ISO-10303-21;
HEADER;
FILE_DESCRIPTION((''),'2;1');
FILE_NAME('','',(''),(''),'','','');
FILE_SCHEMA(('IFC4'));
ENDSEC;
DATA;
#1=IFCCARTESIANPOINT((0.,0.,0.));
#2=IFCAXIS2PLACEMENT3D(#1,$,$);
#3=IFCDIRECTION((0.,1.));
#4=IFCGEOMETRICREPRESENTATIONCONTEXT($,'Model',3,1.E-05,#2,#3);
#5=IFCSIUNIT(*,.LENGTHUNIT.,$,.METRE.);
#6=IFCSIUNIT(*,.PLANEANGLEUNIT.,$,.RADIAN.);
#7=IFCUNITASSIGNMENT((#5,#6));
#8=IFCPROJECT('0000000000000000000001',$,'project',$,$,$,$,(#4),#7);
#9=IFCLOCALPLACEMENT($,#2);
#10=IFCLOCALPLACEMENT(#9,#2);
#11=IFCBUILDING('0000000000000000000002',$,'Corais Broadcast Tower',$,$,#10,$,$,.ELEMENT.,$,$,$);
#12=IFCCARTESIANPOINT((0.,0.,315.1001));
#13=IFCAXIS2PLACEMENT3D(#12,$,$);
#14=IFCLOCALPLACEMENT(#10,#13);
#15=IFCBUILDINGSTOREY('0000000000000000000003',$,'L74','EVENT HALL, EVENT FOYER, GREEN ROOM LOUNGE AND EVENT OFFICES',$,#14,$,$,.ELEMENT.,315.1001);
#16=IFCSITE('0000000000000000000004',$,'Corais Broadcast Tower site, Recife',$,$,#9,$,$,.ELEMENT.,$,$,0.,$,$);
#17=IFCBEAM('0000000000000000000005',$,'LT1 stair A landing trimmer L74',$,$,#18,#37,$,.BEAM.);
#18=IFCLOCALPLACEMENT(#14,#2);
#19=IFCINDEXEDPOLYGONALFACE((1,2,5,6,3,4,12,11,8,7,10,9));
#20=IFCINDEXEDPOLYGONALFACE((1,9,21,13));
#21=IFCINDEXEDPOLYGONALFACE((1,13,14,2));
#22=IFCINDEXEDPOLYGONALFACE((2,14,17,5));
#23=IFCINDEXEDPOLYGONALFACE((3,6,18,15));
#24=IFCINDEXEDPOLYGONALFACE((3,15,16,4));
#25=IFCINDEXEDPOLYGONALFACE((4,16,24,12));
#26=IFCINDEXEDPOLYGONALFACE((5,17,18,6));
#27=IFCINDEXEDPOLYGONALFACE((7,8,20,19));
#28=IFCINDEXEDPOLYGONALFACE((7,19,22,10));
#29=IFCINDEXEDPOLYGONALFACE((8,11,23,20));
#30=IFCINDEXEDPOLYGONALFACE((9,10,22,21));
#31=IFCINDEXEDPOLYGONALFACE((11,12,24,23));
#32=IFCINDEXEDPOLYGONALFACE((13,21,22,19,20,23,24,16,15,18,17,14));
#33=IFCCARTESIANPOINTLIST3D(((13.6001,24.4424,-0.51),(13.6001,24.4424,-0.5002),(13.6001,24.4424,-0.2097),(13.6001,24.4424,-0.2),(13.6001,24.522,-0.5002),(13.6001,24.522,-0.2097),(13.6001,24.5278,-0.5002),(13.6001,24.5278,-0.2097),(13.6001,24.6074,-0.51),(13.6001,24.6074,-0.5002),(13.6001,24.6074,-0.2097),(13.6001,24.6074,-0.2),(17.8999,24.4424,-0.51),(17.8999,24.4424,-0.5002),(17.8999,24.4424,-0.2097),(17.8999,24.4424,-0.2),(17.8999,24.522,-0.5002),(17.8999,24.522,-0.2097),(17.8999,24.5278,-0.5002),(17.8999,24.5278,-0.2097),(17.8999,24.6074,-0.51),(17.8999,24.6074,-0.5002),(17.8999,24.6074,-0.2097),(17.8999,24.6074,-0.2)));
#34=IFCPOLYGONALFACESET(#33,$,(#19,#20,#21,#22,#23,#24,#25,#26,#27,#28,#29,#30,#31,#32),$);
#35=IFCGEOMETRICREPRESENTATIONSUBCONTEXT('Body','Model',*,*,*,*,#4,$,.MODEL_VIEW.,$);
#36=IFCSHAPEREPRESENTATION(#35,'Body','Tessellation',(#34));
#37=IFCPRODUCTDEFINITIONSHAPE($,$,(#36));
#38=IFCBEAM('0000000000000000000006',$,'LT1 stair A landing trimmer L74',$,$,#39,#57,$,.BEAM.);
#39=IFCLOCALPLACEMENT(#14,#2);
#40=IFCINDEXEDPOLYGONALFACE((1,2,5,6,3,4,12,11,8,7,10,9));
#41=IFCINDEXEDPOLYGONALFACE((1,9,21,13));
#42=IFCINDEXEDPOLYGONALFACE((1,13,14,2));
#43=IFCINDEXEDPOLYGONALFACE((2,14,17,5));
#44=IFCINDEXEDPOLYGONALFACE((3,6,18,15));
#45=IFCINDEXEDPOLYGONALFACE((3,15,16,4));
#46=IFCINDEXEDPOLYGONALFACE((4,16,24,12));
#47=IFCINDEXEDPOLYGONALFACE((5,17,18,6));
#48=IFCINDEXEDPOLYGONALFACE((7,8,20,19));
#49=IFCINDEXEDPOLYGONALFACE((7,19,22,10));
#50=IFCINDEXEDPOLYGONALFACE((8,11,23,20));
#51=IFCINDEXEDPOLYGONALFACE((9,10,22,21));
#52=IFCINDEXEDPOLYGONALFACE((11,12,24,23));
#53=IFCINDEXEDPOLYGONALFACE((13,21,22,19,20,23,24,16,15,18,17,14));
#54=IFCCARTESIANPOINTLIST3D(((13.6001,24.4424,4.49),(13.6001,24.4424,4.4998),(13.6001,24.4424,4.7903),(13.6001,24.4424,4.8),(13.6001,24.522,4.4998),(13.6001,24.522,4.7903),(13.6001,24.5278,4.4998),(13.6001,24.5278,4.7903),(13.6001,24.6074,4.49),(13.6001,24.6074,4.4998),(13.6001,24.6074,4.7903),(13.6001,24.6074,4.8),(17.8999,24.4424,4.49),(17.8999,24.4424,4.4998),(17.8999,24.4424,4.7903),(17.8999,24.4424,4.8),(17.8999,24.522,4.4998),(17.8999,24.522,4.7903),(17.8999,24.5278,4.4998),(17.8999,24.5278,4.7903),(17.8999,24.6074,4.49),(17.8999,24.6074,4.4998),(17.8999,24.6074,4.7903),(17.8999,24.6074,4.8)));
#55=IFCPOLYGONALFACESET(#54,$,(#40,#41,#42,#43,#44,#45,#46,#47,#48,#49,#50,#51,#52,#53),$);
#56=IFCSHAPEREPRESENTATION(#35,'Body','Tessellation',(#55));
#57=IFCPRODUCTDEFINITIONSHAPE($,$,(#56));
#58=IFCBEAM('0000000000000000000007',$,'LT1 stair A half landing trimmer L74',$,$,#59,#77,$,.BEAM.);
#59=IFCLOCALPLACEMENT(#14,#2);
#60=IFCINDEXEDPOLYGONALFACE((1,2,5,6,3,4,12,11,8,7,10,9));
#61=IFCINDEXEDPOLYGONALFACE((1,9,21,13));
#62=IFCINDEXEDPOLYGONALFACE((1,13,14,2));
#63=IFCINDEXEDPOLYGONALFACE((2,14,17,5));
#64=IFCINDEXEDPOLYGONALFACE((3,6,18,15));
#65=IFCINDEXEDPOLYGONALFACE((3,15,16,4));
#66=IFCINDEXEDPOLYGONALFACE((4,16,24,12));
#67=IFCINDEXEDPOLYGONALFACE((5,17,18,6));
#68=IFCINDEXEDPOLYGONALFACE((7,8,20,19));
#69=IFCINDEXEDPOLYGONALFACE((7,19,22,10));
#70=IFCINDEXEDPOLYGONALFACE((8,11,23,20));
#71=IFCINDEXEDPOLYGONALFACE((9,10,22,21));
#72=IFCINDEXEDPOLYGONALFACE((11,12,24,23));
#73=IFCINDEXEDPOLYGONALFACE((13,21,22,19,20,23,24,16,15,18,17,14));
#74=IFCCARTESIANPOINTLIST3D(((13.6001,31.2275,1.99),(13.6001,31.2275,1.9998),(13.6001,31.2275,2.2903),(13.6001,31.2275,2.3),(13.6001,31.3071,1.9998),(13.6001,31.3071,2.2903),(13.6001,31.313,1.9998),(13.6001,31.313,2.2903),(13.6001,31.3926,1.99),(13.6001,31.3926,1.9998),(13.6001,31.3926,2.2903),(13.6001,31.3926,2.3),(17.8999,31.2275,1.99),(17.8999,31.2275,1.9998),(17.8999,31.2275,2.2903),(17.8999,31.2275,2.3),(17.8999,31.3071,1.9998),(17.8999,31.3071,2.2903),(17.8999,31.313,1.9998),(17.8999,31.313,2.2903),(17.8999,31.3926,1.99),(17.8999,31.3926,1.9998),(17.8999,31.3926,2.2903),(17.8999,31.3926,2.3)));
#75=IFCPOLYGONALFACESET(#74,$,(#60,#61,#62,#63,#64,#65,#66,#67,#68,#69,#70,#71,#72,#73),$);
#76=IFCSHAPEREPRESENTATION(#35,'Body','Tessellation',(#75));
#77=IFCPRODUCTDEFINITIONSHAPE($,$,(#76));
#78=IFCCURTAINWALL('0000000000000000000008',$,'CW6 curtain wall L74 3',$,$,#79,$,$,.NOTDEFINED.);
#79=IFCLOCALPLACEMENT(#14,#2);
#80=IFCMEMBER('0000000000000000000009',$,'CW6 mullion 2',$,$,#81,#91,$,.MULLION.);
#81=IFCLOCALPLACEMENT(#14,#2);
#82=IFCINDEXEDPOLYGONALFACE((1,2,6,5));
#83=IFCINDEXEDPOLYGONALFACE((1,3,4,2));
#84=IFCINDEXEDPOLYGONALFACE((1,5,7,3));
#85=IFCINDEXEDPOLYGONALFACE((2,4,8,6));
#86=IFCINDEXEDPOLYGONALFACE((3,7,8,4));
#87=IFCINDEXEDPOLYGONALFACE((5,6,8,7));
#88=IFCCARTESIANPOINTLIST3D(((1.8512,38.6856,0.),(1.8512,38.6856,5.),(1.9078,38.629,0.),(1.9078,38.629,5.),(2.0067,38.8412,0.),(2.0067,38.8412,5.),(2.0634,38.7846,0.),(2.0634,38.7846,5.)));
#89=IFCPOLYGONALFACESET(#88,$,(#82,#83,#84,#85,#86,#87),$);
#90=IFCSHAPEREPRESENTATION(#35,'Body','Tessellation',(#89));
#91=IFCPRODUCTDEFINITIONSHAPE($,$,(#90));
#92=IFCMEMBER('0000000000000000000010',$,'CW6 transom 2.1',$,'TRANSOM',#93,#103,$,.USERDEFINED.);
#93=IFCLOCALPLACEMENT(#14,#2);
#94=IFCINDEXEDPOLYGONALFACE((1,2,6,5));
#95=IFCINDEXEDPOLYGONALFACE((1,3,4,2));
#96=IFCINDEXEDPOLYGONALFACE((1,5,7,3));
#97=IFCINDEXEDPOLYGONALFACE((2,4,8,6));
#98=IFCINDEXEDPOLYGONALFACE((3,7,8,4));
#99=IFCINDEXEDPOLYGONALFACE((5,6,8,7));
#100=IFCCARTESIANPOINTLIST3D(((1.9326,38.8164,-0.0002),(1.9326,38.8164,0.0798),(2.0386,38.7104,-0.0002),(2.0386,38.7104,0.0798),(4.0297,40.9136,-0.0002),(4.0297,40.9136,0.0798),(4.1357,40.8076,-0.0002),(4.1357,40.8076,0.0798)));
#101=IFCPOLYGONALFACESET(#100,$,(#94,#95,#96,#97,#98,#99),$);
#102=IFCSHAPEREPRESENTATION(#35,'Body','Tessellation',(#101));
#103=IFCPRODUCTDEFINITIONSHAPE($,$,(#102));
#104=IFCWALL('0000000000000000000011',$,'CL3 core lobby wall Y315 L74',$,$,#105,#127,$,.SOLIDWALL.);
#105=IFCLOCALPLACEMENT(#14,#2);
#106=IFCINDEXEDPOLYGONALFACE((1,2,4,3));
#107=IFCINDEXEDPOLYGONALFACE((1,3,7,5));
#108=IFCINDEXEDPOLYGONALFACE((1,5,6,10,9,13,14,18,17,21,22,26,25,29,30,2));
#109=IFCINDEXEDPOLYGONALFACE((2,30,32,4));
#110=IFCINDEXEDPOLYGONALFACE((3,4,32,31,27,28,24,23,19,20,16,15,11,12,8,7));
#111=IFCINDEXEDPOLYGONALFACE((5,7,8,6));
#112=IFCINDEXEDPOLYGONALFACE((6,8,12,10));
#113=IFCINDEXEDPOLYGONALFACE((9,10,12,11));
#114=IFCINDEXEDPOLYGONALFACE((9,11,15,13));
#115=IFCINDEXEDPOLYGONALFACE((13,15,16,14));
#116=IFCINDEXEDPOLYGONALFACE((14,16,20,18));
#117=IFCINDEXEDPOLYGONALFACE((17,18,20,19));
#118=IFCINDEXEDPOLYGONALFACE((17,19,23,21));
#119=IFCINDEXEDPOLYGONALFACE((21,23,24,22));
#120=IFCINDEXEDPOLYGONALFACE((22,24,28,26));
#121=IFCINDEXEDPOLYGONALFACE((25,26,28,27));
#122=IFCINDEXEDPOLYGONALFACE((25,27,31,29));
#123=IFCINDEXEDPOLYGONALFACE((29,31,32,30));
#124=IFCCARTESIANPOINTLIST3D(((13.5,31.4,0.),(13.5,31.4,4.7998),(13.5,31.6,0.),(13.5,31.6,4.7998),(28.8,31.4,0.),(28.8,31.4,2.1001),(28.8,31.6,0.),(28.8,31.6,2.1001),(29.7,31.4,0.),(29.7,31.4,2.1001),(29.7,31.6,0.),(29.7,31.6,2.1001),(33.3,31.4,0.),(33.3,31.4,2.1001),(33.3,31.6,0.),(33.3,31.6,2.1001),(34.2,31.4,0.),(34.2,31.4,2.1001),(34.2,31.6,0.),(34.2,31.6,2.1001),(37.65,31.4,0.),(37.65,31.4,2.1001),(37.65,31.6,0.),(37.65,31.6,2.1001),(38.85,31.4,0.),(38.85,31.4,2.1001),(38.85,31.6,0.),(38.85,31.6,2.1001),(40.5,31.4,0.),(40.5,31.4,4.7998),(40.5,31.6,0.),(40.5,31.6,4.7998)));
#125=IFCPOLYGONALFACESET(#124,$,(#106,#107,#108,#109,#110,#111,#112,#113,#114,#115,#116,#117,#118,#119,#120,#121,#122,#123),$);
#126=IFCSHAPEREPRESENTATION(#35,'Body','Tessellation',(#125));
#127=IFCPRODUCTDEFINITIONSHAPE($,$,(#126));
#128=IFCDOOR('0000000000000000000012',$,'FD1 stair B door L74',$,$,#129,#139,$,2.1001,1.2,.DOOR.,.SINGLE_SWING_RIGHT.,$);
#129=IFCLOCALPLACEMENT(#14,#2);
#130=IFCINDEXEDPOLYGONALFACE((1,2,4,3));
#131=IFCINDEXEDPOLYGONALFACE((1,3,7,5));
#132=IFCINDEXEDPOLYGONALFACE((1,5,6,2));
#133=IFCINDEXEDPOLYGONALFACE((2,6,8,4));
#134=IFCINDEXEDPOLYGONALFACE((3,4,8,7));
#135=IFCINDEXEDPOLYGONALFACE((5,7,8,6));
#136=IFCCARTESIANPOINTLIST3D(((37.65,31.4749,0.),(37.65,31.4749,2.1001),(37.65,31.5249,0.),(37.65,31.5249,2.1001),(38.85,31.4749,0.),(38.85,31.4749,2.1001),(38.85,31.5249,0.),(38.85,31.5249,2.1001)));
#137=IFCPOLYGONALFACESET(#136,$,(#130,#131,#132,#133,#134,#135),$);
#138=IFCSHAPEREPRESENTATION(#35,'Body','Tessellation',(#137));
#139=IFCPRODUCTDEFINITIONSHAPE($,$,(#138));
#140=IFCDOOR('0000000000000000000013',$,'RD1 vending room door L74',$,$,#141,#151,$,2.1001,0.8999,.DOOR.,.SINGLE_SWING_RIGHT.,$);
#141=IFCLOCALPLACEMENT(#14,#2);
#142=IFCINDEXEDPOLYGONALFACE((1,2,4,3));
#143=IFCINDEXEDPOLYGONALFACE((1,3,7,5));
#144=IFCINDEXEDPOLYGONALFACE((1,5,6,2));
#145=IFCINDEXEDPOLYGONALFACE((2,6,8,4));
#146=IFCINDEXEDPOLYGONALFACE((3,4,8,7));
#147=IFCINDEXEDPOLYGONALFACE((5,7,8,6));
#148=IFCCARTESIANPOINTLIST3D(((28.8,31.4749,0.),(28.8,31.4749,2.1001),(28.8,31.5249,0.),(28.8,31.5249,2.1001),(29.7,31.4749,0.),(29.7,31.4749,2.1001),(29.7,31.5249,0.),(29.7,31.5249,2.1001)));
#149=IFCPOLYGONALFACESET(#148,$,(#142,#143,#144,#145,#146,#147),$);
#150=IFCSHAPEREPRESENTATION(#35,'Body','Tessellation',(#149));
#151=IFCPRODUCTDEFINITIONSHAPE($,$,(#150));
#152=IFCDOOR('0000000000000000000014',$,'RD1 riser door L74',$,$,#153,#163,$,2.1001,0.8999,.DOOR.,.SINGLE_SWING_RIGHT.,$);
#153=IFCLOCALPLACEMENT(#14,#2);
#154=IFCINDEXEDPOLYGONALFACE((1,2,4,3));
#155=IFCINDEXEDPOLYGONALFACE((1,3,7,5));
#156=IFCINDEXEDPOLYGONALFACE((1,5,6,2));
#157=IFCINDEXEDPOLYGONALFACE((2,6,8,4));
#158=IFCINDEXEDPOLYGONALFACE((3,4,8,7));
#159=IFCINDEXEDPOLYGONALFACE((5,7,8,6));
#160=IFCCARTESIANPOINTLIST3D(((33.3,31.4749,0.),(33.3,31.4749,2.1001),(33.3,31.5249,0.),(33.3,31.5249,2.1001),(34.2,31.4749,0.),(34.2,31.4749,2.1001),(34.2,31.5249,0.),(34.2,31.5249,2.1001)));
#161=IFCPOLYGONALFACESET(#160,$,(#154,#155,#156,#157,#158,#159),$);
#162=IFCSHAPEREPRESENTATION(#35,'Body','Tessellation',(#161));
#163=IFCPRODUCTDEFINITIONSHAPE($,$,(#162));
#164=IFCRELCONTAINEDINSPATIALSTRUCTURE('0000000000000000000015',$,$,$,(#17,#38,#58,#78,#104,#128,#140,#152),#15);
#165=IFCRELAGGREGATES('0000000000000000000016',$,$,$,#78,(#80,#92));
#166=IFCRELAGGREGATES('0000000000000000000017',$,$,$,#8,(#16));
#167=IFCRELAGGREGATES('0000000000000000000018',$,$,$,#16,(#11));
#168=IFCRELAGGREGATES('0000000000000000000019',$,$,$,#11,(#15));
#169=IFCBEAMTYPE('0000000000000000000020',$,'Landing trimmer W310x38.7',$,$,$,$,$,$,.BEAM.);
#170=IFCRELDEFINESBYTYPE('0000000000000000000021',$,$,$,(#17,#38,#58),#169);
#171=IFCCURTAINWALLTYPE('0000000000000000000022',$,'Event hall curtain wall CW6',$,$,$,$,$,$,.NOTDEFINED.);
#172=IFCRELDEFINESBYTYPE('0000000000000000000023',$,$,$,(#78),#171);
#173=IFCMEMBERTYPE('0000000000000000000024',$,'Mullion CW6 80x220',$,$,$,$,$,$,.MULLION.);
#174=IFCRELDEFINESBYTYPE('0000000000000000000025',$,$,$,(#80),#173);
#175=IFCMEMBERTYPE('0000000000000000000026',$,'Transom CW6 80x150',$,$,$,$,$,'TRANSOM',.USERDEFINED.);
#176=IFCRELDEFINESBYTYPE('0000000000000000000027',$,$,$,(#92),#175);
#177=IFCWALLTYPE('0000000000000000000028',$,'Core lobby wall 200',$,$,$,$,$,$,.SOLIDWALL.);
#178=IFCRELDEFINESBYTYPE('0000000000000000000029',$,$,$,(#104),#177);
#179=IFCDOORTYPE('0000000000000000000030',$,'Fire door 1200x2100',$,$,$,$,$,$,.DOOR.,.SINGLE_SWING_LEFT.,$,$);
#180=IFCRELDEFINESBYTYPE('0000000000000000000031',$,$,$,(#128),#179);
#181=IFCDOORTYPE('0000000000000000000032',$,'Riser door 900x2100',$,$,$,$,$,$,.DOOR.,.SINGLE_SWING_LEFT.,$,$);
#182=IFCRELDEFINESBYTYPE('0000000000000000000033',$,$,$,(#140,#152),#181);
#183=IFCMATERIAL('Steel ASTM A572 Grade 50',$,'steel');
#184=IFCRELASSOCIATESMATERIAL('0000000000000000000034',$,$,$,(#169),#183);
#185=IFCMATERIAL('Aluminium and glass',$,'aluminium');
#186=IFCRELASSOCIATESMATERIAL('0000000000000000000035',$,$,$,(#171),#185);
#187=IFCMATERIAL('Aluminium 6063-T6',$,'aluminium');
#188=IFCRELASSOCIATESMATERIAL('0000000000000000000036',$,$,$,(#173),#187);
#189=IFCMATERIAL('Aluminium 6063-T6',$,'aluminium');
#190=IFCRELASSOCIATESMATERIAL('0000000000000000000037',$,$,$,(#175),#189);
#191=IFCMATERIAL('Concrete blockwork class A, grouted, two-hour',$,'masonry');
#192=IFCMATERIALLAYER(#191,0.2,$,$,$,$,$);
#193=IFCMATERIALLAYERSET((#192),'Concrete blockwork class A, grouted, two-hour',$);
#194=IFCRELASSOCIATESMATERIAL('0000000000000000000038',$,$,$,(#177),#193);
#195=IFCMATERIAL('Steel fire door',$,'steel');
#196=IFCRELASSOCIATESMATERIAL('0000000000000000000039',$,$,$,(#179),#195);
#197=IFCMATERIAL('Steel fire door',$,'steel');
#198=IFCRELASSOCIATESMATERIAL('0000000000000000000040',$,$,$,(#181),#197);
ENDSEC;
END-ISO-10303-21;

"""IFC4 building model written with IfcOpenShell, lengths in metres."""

from ifc_helpers import new_model, si_unit, direction, frame, frame_2d, origin, origin_2d, place, context, subcontext, project, spatial, rectangle, i_section, extrude, material, layer, layer_set, material_profile, profile_set, type_object, element, fill, aggregate, save


model = new_model("IFC4")

# Units and contexts
model_context = context("Model", 3, precision=1e-05, world=origin(), true_north=direction((0.0, 1.0)))
body_context = subcontext(model_context, "Body", "Model", "MODEL_VIEW")
ifc_project = project(units=[si_unit("LENGTHUNIT", "METRE"), si_unit("PLANEANGLEUNIT", "RADIAN")], contexts=[model_context])

# Site, building, storey
site_placement = place(None, origin())
site = spatial("IfcSite", under=ifc_project, at=site_placement, Name="Corais Broadcast Tower site, Recife", CompositionType="ELEMENT", RefElevation=0.0)
building_placement = place(site_placement, origin())
building = spatial("IfcBuilding", under=site, at=building_placement, Name="Corais Broadcast Tower", CompositionType="ELEMENT")
storey_placement = place(building_placement, frame((0.0, 0.0, 315.1001)))
storey = spatial("IfcBuildingStorey", under=building, at=storey_placement, Name="L74", Description="EVENT HALL, EVENT FOYER, GREEN ROOM LOUNGE AND EVENT OFFICES", CompositionType="ELEMENT", Elevation=315.1001)

# Beams
ifc_material_1 = material(Name="Steel ASTM A572 Grade 50", Category="steel")
ifc_material_profile_1 = material_profile(ifc_material_1, i_section(OverallWidth=0.165, OverallDepth=0.3101, WebThickness=0.0059, FlangeThickness=0.0098, at=origin_2d()), Name="W310x38.7")
ifc_profile_set_1 = profile_set([ifc_material_profile_1], Name="Steel ASTM A572 Grade 50")
beam_type = type_object("IfcBeamType", Name="Landing trimmer W310x38.7", PredefinedType="BEAM", material=ifc_profile_set_1)
for number, where, z_axis, x_axis, name in (
    (1, (13.6001, 24.5249, -0.355), (1.0, 0.0, 0.0), (0.0, 1.0, 0.0), "LT1 stair A landing trimmer L74"),
    (2, (13.6001, 24.5249, 4.645), (1.0, 0.0, 0.0), (0.0, 1.0, 0.0), "LT1 stair A landing trimmer L74"),
    (3, (13.6001, 31.3101, 2.145), (1.0, 0.0, 0.0), (0.0, 1.0, 0.0), "LT1 stair A half landing trimmer L74"),
):
    element("IfcBeam", number, at=place(storey_placement, frame(where, z_axis=z_axis, x_axis=x_axis)), inside=storey, type_object=beam_type, Name=name, PredefinedType="BEAM", context=body_context, shape_type="SweptSolid", body=[
        extrude(i_section(OverallWidth=0.165, OverallDepth=0.3101, WebThickness=0.0059, FlangeThickness=0.0098, at=origin_2d()), origin(), (0.0, 0.0, 1.0), 4.2998),
    ])

# Curtain wall, members
ifc_material_2 = material(Name="Aluminium and glass", Category="aluminium")
curtain_wall_type = type_object("IfcCurtainWallType", Name="Event hall curtain wall CW6", PredefinedType="NOTDEFINED", material=ifc_material_2)
curtain_wall_placement = place(storey_placement, origin())
curtain_wall = element("IfcCurtainWall", 4, at=curtain_wall_placement, inside=storey, type_object=curtain_wall_type, Name="CW6 curtain wall L74 3", PredefinedType="NOTDEFINED")
ifc_material_3 = material(Name="Aluminium 6063-T6", Category="aluminium")
ifc_material_profile_2 = material_profile(ifc_material_3, rectangle(XDim=0.0801, YDim=0.22, at=origin_2d()), Name="Mullion CW6 80x220")
ifc_profile_set_2 = profile_set([ifc_material_profile_2], Name="Aluminium 6063-T6")
member_type_1 = type_object("IfcMemberType", Name="Mullion CW6 80x220", PredefinedType="MULLION", material=ifc_profile_set_2)
member_1_placement = place(storey_placement, frame((1.9573, 38.7351, 0.0), z_axis=(0.0, 0.0, 1.0), x_axis=(-0.707107, 0.707107, 0.0)))
member_1 = element("IfcMember", 5, at=member_1_placement, type_object=member_type_1, Name="CW6 mullion 2", PredefinedType="MULLION", context=body_context, shape_type="SweptSolid", body=[
    extrude(rectangle(XDim=0.0801, YDim=0.22, at=origin_2d()), origin(), (0.0, 0.0, 1.0), 5.0),
])
ifc_material_4 = material(Name="Aluminium 6063-T6", Category="aluminium")
ifc_material_profile_3 = material_profile(ifc_material_4, rectangle(XDim=0.1499, YDim=0.0801, at=origin_2d()), Name="Transom CW6 80x150")
ifc_profile_set_3 = profile_set([ifc_material_profile_3], Name="Aluminium 6063-T6")
member_type_2 = type_object("IfcMemberType", Name="Transom CW6 80x150", ElementType="TRANSOM", PredefinedType="USERDEFINED", material=ifc_profile_set_3)
member_2_placement = place(storey_placement, frame((1.9856, 38.7634, 0.0398), z_axis=(0.707107, 0.707107, 0.0), x_axis=(-0.707107, 0.707107, 0.0)))
member_2 = element("IfcMember", 6, at=member_2_placement, type_object=member_type_2, Name="CW6 transom 2.1", ObjectType="TRANSOM", PredefinedType="USERDEFINED", context=body_context, shape_type="SweptSolid", body=[
    extrude(rectangle(XDim=0.1499, YDim=0.0801, at=origin_2d()), origin(), (0.0, 0.0, 1.0), 2.9658),
])
aggregate(curtain_wall, [member_1, member_2])

# Wall, openings, doors
ifc_material_5 = material(Name="Concrete blockwork class A, grouted, two-hour", Category="masonry")
ifc_layer_1 = layer(ifc_material_5, 0.2)
ifc_layer_set_1 = layer_set([ifc_layer_1], Name="Concrete blockwork class A, grouted, two-hour")
wall_type_1 = type_object("IfcWallType", Name="Core lobby wall 200", PredefinedType="SOLIDWALL", material=ifc_layer_set_1)
wall_1_placement = place(storey_placement, frame((13.5, 31.5, 0.0), z_axis=(0.0, 0.0, 1.0), x_axis=(1.0, 0.0, 0.0)))
wall_1 = element("IfcWall", 7, at=wall_1_placement, inside=storey, type_object=wall_type_1, Name="CL3 core lobby wall Y315 L74", PredefinedType="SOLIDWALL", context=body_context, shape_type="SweptSolid", body=[
    extrude(rectangle(XDim=27.0, YDim=0.2, at=frame_2d((13.5, 0.0))), origin(), (0.0, 0.0, 1.0), 4.7998),
])
opening_1_placement = place(wall_1_placement, frame((24.1499, 0.0, 0.0)))
opening_1 = element("IfcOpeningElement", 8, at=opening_1_placement, cuts=wall_1, PredefinedType="OPENING", context=body_context, shape_type="SweptSolid", body=[
    extrude(rectangle(XDim=1.2, YDim=2.1001, at=frame_2d((0.6001, 1.05))), frame((0.0, 0.1099, 0.0), z_axis=(0.0, -1.0, 0.0), x_axis=(1.0, 0.0, 0.0)), (0.0, 0.0, 1.0), 0.22),
])
opening_2_placement = place(wall_1_placement, frame((15.3, 0.0, 0.0)))
opening_2 = element("IfcOpeningElement", 9, at=opening_2_placement, cuts=wall_1, PredefinedType="OPENING", context=body_context, shape_type="SweptSolid", body=[
    extrude(rectangle(XDim=0.8999, YDim=2.1001, at=frame_2d((0.45, 1.05))), frame((0.0, 0.1099, 0.0), z_axis=(0.0, -1.0, 0.0), x_axis=(1.0, 0.0, 0.0)), (0.0, 0.0, 1.0), 0.22),
])
opening_3_placement = place(wall_1_placement, frame((19.8, 0.0, 0.0)))
opening_3 = element("IfcOpeningElement", 10, at=opening_3_placement, cuts=wall_1, PredefinedType="OPENING", context=body_context, shape_type="SweptSolid", body=[
    extrude(rectangle(XDim=0.8999, YDim=2.1001, at=frame_2d((0.45, 1.05))), frame((0.0, 0.1099, 0.0), z_axis=(0.0, -1.0, 0.0), x_axis=(1.0, 0.0, 0.0)), (0.0, 0.0, 1.0), 0.22),
])
ifc_material_6 = material(Name="Steel fire door", Category="steel")
door_type_1 = type_object("IfcDoorType", Name="Fire door 1200x2100", OperationType="SINGLE_SWING_LEFT", PredefinedType="DOOR", material=ifc_material_6)
door_1_placement = place(opening_1_placement, origin())
door_1 = element("IfcDoor", 11, at=door_1_placement, inside=storey, type_object=door_type_1, Name="FD1 stair B door L74", OperationType="SINGLE_SWING_RIGHT", OverallHeight=2.1001, OverallWidth=1.2, PredefinedType="DOOR", context=body_context, shape_type="SweptSolid", body=[
    extrude(rectangle(XDim=1.2, YDim=2.1001, at=frame_2d((0.6001, 1.05))), frame((0.0, 0.0249, 0.0), z_axis=(0.0, -1.0, 0.0), x_axis=(1.0, 0.0, 0.0)), (0.0, 0.0, 1.0), 0.05),
])
fill(opening_1, door_1)
ifc_material_7 = material(Name="Steel fire door", Category="steel")
door_type_2 = type_object("IfcDoorType", Name="Riser door 900x2100", OperationType="SINGLE_SWING_LEFT", PredefinedType="DOOR", material=ifc_material_7)
door_2_placement = place(opening_2_placement, origin())
door_2 = element("IfcDoor", 12, at=door_2_placement, inside=storey, type_object=door_type_2, Name="RD1 vending room door L74", OperationType="SINGLE_SWING_RIGHT", OverallHeight=2.1001, OverallWidth=0.8999, PredefinedType="DOOR", context=body_context, shape_type="SweptSolid", body=[
    extrude(rectangle(XDim=0.8999, YDim=2.1001, at=frame_2d((0.45, 1.05))), frame((0.0, 0.0249, 0.0), z_axis=(0.0, -1.0, 0.0), x_axis=(1.0, 0.0, 0.0)), (0.0, 0.0, 1.0), 0.05),
])
fill(opening_2, door_2)
door_3_placement = place(opening_3_placement, origin())
door_3 = element("IfcDoor", 13, at=door_3_placement, inside=storey, type_object=door_type_2, Name="RD1 riser door L74", OperationType="SINGLE_SWING_RIGHT", OverallHeight=2.1001, OverallWidth=0.8999, PredefinedType="DOOR", context=body_context, shape_type="SweptSolid", body=[
    extrude(rectangle(XDim=0.8999, YDim=2.1001, at=frame_2d((0.45, 1.05))), frame((0.0, 0.0249, 0.0), z_axis=(0.0, -1.0, 0.0), x_axis=(1.0, 0.0, 0.0)), (0.0, 0.0, 1.0), 0.05),
])
fill(opening_3, door_3)

save(model, "model.ifc")
